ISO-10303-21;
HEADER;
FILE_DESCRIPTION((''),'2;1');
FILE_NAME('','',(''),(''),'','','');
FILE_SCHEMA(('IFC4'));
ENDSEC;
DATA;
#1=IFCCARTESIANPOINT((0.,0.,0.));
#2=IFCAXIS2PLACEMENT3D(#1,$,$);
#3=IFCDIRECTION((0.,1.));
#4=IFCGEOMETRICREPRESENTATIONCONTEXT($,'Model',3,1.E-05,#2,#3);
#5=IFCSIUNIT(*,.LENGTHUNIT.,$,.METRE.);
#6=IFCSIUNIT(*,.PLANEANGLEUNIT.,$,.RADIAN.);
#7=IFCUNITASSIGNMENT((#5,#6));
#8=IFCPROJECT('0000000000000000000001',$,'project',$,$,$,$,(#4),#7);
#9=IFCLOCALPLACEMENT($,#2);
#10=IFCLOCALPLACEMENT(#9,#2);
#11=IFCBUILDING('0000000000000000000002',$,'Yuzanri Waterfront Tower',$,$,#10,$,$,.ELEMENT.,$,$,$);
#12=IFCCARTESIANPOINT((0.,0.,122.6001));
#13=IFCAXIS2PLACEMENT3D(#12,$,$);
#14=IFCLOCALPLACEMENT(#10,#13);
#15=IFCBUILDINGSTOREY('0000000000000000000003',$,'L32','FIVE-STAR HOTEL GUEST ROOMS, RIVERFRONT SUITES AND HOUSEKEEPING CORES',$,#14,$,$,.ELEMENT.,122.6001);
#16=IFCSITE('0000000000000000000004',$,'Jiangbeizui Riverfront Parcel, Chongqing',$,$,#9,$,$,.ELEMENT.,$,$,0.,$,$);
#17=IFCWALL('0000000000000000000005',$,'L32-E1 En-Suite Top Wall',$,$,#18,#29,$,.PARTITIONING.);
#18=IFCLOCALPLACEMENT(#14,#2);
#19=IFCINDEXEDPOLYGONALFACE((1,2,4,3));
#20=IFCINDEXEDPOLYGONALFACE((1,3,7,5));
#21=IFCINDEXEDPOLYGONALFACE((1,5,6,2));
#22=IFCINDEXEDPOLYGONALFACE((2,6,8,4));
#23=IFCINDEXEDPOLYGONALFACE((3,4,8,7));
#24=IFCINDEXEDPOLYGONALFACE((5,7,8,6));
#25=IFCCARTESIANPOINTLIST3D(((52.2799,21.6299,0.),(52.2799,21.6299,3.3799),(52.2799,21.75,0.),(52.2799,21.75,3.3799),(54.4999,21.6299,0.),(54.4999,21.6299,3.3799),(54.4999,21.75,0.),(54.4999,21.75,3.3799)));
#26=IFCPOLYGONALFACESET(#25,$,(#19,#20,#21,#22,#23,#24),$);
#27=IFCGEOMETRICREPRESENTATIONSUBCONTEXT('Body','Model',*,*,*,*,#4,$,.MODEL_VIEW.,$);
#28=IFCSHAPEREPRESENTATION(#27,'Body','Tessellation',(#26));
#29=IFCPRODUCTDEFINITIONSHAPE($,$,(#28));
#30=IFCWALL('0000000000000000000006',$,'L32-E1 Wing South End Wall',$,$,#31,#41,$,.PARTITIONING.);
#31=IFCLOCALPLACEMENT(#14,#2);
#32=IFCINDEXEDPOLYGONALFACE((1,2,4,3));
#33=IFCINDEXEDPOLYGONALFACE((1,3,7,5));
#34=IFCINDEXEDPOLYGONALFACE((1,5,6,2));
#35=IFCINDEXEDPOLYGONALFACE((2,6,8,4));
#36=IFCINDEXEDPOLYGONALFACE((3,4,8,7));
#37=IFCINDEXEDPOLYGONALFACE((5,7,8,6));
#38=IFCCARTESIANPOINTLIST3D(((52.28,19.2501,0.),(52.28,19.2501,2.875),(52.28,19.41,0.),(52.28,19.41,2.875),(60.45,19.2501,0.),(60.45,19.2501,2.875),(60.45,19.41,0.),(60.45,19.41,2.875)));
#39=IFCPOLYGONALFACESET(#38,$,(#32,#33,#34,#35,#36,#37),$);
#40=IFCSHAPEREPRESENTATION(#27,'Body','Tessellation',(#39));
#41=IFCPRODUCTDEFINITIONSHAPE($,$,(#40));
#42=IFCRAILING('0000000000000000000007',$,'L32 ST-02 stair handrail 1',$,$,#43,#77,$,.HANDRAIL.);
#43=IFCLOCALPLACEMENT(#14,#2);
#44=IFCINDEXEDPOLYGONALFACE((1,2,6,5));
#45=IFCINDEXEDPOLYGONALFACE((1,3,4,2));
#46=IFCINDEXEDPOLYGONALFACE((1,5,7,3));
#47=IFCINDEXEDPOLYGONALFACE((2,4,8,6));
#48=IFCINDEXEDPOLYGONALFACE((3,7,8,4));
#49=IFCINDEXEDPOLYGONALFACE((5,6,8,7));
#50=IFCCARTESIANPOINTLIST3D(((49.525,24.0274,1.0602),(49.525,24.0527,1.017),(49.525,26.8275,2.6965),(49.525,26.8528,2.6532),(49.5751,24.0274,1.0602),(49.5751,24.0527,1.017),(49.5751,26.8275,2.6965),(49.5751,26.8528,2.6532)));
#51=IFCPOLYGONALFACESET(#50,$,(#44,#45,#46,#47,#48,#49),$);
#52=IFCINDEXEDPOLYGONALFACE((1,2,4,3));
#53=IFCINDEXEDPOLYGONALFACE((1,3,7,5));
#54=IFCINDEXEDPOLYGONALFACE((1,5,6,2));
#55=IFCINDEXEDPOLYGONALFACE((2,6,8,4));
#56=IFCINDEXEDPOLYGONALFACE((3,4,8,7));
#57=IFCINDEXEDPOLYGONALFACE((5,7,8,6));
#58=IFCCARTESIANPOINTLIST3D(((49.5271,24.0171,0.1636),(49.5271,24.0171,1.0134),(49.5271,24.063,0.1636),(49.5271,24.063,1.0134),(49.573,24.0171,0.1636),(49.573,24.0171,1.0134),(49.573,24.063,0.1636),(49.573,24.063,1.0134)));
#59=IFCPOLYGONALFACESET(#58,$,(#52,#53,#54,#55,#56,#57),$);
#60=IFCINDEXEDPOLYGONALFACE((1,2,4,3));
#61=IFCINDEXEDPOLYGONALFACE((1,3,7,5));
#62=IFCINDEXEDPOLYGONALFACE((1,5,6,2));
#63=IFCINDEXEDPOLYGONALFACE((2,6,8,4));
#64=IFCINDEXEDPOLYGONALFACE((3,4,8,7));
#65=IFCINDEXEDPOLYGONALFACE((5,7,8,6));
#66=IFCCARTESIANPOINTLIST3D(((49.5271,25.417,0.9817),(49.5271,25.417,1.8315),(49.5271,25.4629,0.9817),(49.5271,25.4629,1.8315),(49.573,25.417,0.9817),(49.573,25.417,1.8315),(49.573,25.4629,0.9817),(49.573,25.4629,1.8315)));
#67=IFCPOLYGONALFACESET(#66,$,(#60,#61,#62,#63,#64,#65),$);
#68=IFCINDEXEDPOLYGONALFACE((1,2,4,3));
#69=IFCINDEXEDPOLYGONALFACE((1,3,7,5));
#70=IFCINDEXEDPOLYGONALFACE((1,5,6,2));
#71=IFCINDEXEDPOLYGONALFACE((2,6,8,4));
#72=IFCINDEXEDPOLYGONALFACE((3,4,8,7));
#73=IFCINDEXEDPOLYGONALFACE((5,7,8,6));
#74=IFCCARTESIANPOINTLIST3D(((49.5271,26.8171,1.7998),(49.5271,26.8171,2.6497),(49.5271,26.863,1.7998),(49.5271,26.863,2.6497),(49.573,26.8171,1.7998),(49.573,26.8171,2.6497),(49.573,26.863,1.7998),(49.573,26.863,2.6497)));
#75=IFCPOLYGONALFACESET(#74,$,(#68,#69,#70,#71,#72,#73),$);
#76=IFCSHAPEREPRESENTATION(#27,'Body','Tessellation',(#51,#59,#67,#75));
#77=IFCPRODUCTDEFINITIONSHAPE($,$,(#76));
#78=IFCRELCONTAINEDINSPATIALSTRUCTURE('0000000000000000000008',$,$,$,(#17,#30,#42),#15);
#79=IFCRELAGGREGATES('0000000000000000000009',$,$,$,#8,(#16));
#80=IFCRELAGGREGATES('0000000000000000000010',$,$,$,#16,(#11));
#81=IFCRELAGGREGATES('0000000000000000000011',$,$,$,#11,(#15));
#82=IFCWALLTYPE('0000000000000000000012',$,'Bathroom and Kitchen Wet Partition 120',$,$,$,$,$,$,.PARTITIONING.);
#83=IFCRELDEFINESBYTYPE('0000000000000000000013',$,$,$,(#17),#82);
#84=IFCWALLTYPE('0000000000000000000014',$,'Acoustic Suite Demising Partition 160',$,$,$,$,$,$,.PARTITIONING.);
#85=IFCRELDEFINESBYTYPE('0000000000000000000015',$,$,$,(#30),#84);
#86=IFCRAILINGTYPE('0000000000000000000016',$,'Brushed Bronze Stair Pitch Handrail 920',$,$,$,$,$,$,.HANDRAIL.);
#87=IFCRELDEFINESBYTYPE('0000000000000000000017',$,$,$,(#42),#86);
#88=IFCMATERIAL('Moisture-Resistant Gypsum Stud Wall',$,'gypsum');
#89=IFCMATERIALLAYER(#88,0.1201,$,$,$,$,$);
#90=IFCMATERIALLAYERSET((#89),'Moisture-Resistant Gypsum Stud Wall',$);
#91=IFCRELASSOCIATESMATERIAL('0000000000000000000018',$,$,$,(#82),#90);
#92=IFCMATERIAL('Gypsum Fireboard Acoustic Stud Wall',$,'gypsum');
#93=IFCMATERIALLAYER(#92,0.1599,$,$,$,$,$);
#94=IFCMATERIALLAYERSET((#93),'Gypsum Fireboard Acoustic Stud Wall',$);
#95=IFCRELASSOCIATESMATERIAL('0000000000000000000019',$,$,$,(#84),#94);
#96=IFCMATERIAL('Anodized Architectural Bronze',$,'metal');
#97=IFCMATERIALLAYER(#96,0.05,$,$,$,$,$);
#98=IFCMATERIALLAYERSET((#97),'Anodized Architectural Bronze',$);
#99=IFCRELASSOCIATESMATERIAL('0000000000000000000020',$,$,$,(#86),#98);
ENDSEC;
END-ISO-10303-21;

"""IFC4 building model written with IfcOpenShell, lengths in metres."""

from ifc_helpers import new_model, si_unit, direction, frame, frame_2d, origin, origin_2d, place, context, subcontext, project, spatial, rectangle, extrude, source, transform, mapped, material, layer, layer_set, type_object, element, save


model = new_model("IFC4")

# Units and contexts
model_context = context("Model", 3, precision=1e-05, world=origin(), true_north=direction((0.0, 1.0)))
body_context = subcontext(model_context, "Body", "Model", "MODEL_VIEW")
ifc_project = project(units=[si_unit("LENGTHUNIT", "METRE"), si_unit("PLANEANGLEUNIT", "RADIAN")], contexts=[model_context])

# Site, building, storey
site_placement = place(None, origin())
site = spatial("IfcSite", under=ifc_project, at=site_placement, Name="Jiangbeizui Riverfront Parcel, Chongqing", CompositionType="ELEMENT", RefElevation=0.0)
building_placement = place(site_placement, origin())
building = spatial("IfcBuilding", under=site, at=building_placement, Name="Yuzanri Waterfront Tower", CompositionType="ELEMENT")
storey_placement = place(building_placement, frame((0.0, 0.0, 122.6001)))
storey = spatial("IfcBuildingStorey", under=building, at=storey_placement, Name="L32", Description="FIVE-STAR HOTEL GUEST ROOMS, RIVERFRONT SUITES AND HOUSEKEEPING CORES", CompositionType="ELEMENT", Elevation=122.6001)

# Shared definitions
ifc_material_1 = material(Name="Moisture-Resistant Gypsum Stud Wall", Category="gypsum")
ifc_layer_1 = layer(ifc_material_1, 0.1201)
ifc_layer_set_1 = layer_set([ifc_layer_1], Name="Moisture-Resistant Gypsum Stud Wall")
wall_type_1 = type_object("IfcWallType", Name="Bathroom and Kitchen Wet Partition 120", PredefinedType="PARTITIONING", material=ifc_layer_set_1)

# Walls
shared_shape_1 = source(origin(), body_context, "Body", "SweptSolid", [
    extrude(rectangle(XDim=2.22, YDim=0.1201, at=frame_2d((1.1099, 0.0))), origin(), (0.0, 0.0, 1.0), 3.3799),
])
wall_1_placement = place(storey_placement, frame((52.28, 21.6899, 0.0), z_axis=(0.0, 0.0, 1.0), x_axis=(1.0, 0.0, 0.0)))
element("IfcWall", 1, at=wall_1_placement, inside=storey, type_object=wall_type_1, Name="L32-E1 En-Suite Top Wall", PredefinedType="PARTITIONING", context=body_context, shape_type="MappedRepresentation", body=[
    mapped(shared_shape_1, transform((0.0, 0.0, 0.0), scale=1.0)),
])
ifc_material_2 = material(Name="Gypsum Fireboard Acoustic Stud Wall", Category="gypsum")
ifc_layer_2 = layer(ifc_material_2, 0.1599)
ifc_layer_set_2 = layer_set([ifc_layer_2], Name="Gypsum Fireboard Acoustic Stud Wall")
wall_type_2 = type_object("IfcWallType", Name="Acoustic Suite Demising Partition 160", PredefinedType="PARTITIONING", material=ifc_layer_set_2)
shared_shape_2 = source(origin(), body_context, "Body", "SweptSolid", [
    extrude(rectangle(XDim=8.1699, YDim=0.1599, at=frame_2d((4.085, 0.0))), origin(), (0.0, 0.0, 1.0), 2.875),
])
wall_2_placement = place(storey_placement, frame((52.28, 19.3301, 0.0), z_axis=(0.0, 0.0, 1.0), x_axis=(1.0, 0.0, 0.0)))
element("IfcWall", 2, at=wall_2_placement, inside=storey, type_object=wall_type_2, Name="L32-E1 Wing South End Wall", PredefinedType="PARTITIONING", context=body_context, shape_type="MappedRepresentation", body=[
    mapped(shared_shape_2, transform((0.0, 0.0, 0.0), scale=1.0)),
])

# Railing
ifc_material_3 = material(Name="Anodized Architectural Bronze", Category="metal")
ifc_layer_3 = layer(ifc_material_3, 0.05)
ifc_layer_set_3 = layer_set([ifc_layer_3], Name="Anodized Architectural Bronze")
railing_type = type_object("IfcRailingType", Name="Brushed Bronze Stair Pitch Handrail 920", PredefinedType="HANDRAIL", material=ifc_layer_set_3)
shared_shape_3 = source(origin(), body_context, "Body", "SweptSolid", [
    extrude(rectangle(XDim=0.05, YDim=0.05, at=origin_2d()), frame((0.0, 0.0, 0.875), z_axis=(0.0, 0.863394, 0.504531), x_axis=(-1.0, 0.0, 0.0)), (0.0, 0.0, 1.0), 3.2432),
    extrude(rectangle(XDim=0.0459, YDim=0.0459, at=origin_2d()), origin(), (0.0, 0.0, 1.0), 0.8499),
    extrude(rectangle(XDim=0.0459, YDim=0.0459, at=origin_2d()), frame((0.0, 1.3999, 0.8181)), (0.0, 0.0, 1.0), 0.8499),
    extrude(rectangle(XDim=0.0459, YDim=0.0459, at=origin_2d()), frame((0.0, 2.8, 1.6362)), (0.0, 0.0, 1.0), 0.8499),
])
railing_placement = place(storey_placement, frame((49.55, 24.04, 0.1636)))
element("IfcRailing", 3, at=railing_placement, inside=storey, type_object=railing_type, Name="L32 ST-02 stair handrail 1", PredefinedType="HANDRAIL", context=body_context, shape_type="MappedRepresentation", body=[
    mapped(shared_shape_3, transform((0.0, 0.0, 0.0), scale=1.0)),
])

save(model, "model.ifc")
